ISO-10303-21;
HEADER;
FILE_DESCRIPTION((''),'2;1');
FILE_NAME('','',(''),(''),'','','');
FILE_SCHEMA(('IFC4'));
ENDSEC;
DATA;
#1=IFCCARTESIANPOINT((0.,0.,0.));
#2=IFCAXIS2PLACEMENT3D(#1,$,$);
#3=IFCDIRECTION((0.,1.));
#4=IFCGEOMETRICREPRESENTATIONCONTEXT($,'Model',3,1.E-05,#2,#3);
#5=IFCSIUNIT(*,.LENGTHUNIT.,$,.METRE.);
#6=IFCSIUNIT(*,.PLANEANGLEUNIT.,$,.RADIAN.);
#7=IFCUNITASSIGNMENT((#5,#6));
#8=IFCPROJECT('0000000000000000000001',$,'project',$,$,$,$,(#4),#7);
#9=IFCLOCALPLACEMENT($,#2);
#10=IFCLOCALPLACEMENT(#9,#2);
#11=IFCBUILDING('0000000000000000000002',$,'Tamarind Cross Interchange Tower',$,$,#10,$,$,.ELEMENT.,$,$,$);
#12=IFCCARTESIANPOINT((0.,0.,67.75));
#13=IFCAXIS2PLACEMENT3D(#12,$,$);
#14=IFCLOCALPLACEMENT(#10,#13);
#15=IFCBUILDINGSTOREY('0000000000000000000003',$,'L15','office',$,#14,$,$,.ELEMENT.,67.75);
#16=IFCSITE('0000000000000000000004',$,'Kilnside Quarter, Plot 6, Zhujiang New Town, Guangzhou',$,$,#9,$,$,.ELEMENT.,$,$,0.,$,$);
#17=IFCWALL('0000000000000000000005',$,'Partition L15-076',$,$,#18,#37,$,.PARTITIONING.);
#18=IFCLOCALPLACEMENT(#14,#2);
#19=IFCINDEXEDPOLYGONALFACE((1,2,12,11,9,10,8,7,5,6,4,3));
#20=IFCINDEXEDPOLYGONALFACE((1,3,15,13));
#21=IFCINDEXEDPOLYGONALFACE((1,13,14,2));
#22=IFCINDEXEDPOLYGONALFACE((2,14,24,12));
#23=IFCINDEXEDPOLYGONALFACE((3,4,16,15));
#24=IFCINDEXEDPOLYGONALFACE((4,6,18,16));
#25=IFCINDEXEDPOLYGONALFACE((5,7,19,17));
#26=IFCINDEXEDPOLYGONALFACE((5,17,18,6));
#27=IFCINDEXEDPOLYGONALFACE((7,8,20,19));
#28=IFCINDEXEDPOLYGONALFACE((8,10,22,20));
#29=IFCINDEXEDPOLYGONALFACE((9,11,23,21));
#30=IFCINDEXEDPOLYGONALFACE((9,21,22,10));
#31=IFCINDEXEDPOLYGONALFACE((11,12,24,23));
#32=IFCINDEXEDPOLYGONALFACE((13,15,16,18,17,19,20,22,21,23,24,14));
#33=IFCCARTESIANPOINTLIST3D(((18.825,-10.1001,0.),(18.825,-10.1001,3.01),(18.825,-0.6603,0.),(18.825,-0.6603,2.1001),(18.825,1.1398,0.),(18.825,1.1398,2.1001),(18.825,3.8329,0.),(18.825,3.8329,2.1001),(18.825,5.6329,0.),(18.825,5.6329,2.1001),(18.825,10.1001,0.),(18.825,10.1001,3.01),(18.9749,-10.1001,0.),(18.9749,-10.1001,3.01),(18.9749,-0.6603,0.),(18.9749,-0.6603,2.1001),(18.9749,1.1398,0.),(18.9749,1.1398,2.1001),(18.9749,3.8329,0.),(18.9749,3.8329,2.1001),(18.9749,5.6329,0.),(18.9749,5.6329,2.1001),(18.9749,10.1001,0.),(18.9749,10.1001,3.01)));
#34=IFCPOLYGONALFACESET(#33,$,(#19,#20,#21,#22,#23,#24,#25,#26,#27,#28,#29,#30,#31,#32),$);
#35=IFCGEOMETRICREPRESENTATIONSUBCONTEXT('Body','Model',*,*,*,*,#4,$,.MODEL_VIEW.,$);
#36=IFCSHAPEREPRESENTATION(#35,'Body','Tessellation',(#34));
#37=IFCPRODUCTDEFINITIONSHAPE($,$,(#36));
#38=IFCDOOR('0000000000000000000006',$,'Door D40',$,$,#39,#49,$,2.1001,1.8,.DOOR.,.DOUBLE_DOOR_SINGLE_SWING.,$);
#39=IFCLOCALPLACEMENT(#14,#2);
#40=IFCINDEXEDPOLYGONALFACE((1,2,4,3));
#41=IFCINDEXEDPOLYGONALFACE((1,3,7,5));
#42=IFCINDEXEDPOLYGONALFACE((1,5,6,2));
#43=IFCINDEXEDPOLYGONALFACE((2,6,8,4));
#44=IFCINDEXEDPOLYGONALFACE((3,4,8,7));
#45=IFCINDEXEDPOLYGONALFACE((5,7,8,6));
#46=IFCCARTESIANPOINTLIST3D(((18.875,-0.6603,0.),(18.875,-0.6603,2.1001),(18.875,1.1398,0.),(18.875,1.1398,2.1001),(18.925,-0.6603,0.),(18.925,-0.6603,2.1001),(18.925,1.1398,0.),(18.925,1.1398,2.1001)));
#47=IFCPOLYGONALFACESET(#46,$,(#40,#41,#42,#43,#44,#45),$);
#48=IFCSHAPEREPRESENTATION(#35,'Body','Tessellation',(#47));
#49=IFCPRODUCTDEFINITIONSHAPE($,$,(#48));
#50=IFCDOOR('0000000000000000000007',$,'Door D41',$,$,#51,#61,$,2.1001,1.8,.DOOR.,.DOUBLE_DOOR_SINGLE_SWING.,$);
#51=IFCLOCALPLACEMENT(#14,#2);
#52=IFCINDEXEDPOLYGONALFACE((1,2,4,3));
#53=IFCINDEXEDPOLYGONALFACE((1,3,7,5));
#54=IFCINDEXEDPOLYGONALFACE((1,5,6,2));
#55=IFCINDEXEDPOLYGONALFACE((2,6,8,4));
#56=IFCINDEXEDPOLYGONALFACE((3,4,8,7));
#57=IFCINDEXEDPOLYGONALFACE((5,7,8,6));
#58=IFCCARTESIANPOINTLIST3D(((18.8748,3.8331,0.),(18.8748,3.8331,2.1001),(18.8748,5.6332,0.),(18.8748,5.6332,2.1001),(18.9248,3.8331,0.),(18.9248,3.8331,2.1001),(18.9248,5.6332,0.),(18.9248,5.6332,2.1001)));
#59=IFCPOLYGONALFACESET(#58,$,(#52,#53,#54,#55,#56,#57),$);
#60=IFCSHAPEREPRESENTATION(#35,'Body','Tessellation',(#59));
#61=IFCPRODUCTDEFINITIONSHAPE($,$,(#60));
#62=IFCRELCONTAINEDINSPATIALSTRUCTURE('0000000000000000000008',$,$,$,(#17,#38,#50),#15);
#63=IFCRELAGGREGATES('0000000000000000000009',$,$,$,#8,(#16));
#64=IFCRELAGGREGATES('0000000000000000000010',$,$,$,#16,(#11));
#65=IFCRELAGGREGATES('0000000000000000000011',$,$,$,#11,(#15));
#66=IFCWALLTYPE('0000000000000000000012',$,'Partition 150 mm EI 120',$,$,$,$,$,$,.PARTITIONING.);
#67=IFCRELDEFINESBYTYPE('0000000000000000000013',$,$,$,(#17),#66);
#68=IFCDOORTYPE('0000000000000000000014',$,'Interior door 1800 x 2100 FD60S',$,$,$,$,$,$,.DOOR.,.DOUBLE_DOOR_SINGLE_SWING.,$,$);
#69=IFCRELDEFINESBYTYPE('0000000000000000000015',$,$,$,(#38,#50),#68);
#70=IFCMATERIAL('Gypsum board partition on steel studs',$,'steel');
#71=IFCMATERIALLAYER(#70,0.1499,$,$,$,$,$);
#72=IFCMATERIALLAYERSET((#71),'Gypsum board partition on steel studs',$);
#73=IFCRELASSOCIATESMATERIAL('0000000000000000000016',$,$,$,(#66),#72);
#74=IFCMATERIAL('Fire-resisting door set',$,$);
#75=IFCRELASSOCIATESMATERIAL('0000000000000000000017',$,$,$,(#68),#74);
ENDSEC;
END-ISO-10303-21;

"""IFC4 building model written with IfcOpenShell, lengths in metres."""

from ifc_helpers import new_model, si_unit, direction, frame, frame_2d, origin, place, context, subcontext, project, spatial, rectangle, extrude, material, layer, layer_set, type_object, element, fill, save


model = new_model("IFC4")

# Units and contexts
model_context = context("Model", 3, precision=1e-05, world=origin(), true_north=direction((0.0, 1.0)))
body_context = subcontext(model_context, "Body", "Model", "MODEL_VIEW")
ifc_project = project(units=[si_unit("LENGTHUNIT", "METRE"), si_unit("PLANEANGLEUNIT", "RADIAN")], contexts=[model_context])

# Site, building, storey
site_placement = place(None, origin())
site = spatial("IfcSite", under=ifc_project, at=site_placement, Name="Kilnside Quarter, Plot 6, Zhujiang New Town, Guangzhou", CompositionType="ELEMENT", RefElevation=0.0)
building_placement = place(site_placement, origin())
building = spatial("IfcBuilding", under=site, at=building_placement, Name="Tamarind Cross Interchange Tower", CompositionType="ELEMENT")
storey_placement = place(building_placement, frame((0.0, 0.0, 67.75)))
storey = spatial("IfcBuildingStorey", under=building, at=storey_placement, Name="L15", Description="office", CompositionType="ELEMENT", Elevation=67.75)

# Shared definitions
ifc_material_1 = material(Name="Gypsum board partition on steel studs", Category="steel")
ifc_layer_1 = layer(ifc_material_1, 0.1499)
ifc_layer_set_1 = layer_set([ifc_layer_1], Name="Gypsum board partition on steel studs")
wall_type_1 = type_object("IfcWallType", Name="Partition 150 mm EI 120", PredefinedType="PARTITIONING", material=ifc_layer_set_1)

# Wall, openings, doors
wall_1_placement = place(storey_placement, frame((18.8999, -10.1001, 0.0), z_axis=(0.0, 0.0, 1.0), x_axis=(0.0, 1.0, 0.0)))
wall_1 = element("IfcWall", 1, at=wall_1_placement, inside=storey, type_object=wall_type_1, Name="Partition L15-076", PredefinedType="PARTITIONING", context=body_context, shape_type="SweptSolid", body=[
    extrude(rectangle(XDim=20.2002, YDim=0.1499, at=frame_2d((10.1001, 0.0))), origin(), (0.0, 0.0, 1.0), 3.01),
])
opening_1_placement = place(wall_1_placement, frame((9.4399, 0.0, 0.0)))
opening_1 = element("IfcOpeningElement", 2, at=opening_1_placement, cuts=wall_1, PredefinedType="OPENING", context=body_context, shape_type="SweptSolid", body=[
    extrude(rectangle(XDim=1.8, YDim=2.1001, at=frame_2d((0.8999, 1.05))), frame((0.0, 0.085, 0.0), z_axis=(0.0, -1.0, 0.0), x_axis=(1.0, 0.0, 0.0)), (0.0, 0.0, 1.0), 0.1699),
])
opening_2_placement = place(wall_1_placement, frame((13.9331, 0.0, 0.0)))
opening_2 = element("IfcOpeningElement", 3, at=opening_2_placement, cuts=wall_1, PredefinedType="OPENING", context=body_context, shape_type="SweptSolid", body=[
    extrude(rectangle(XDim=1.8, YDim=2.1001, at=frame_2d((0.8999, 1.05))), frame((0.0, 0.085, 0.0), z_axis=(0.0, -1.0, 0.0), x_axis=(1.0, 0.0, 0.0)), (0.0, 0.0, 1.0), 0.1699),
])
ifc_material_2 = material(Name="Fire-resisting door set")
door_type_1 = type_object("IfcDoorType", Name="Interior door 1800 x 2100 FD60S", OperationType="DOUBLE_DOOR_SINGLE_SWING", PredefinedType="DOOR", material=ifc_material_2)
door_1_placement = place(opening_1_placement, origin())
door_1 = element("IfcDoor", 4, at=door_1_placement, inside=storey, type_object=door_type_1, Name="Door D40", OperationType="DOUBLE_DOOR_SINGLE_SWING", OverallHeight=2.1001, OverallWidth=1.8, PredefinedType="DOOR", context=body_context, shape_type="SweptSolid", body=[
    extrude(rectangle(XDim=1.8, YDim=2.1001, at=frame_2d((0.8999, 1.05))), frame((0.0, 0.0249, 0.0), z_axis=(0.0, -1.0, 0.0), x_axis=(1.0, 0.0, 0.0)), (0.0, 0.0, 1.0), 0.05),
])
fill(opening_1, door_1)
door_2_placement = place(opening_2_placement, frame((1.8, 0.0, 0.0), z_axis=(0.0, 0.0, 1.0), x_axis=(-1.0, 0.0, 0.0)))
door_2 = element("IfcDoor", 5, at=door_2_placement, inside=storey, type_object=door_type_1, Name="Door D41", OperationType="DOUBLE_DOOR_SINGLE_SWING", OverallHeight=2.1001, OverallWidth=1.8, PredefinedType="DOOR", context=body_context, shape_type="SweptSolid", body=[
    extrude(rectangle(XDim=1.8, YDim=2.1001, at=frame_2d((0.8999, 1.05))), frame((0.0, 0.0249, 0.0), z_axis=(0.0, -1.0, 0.0), x_axis=(1.0, 0.0, 0.0)), (0.0, 0.0, 1.0), 0.05),
])
fill(opening_2, door_2)

save(model, "model.ifc")
